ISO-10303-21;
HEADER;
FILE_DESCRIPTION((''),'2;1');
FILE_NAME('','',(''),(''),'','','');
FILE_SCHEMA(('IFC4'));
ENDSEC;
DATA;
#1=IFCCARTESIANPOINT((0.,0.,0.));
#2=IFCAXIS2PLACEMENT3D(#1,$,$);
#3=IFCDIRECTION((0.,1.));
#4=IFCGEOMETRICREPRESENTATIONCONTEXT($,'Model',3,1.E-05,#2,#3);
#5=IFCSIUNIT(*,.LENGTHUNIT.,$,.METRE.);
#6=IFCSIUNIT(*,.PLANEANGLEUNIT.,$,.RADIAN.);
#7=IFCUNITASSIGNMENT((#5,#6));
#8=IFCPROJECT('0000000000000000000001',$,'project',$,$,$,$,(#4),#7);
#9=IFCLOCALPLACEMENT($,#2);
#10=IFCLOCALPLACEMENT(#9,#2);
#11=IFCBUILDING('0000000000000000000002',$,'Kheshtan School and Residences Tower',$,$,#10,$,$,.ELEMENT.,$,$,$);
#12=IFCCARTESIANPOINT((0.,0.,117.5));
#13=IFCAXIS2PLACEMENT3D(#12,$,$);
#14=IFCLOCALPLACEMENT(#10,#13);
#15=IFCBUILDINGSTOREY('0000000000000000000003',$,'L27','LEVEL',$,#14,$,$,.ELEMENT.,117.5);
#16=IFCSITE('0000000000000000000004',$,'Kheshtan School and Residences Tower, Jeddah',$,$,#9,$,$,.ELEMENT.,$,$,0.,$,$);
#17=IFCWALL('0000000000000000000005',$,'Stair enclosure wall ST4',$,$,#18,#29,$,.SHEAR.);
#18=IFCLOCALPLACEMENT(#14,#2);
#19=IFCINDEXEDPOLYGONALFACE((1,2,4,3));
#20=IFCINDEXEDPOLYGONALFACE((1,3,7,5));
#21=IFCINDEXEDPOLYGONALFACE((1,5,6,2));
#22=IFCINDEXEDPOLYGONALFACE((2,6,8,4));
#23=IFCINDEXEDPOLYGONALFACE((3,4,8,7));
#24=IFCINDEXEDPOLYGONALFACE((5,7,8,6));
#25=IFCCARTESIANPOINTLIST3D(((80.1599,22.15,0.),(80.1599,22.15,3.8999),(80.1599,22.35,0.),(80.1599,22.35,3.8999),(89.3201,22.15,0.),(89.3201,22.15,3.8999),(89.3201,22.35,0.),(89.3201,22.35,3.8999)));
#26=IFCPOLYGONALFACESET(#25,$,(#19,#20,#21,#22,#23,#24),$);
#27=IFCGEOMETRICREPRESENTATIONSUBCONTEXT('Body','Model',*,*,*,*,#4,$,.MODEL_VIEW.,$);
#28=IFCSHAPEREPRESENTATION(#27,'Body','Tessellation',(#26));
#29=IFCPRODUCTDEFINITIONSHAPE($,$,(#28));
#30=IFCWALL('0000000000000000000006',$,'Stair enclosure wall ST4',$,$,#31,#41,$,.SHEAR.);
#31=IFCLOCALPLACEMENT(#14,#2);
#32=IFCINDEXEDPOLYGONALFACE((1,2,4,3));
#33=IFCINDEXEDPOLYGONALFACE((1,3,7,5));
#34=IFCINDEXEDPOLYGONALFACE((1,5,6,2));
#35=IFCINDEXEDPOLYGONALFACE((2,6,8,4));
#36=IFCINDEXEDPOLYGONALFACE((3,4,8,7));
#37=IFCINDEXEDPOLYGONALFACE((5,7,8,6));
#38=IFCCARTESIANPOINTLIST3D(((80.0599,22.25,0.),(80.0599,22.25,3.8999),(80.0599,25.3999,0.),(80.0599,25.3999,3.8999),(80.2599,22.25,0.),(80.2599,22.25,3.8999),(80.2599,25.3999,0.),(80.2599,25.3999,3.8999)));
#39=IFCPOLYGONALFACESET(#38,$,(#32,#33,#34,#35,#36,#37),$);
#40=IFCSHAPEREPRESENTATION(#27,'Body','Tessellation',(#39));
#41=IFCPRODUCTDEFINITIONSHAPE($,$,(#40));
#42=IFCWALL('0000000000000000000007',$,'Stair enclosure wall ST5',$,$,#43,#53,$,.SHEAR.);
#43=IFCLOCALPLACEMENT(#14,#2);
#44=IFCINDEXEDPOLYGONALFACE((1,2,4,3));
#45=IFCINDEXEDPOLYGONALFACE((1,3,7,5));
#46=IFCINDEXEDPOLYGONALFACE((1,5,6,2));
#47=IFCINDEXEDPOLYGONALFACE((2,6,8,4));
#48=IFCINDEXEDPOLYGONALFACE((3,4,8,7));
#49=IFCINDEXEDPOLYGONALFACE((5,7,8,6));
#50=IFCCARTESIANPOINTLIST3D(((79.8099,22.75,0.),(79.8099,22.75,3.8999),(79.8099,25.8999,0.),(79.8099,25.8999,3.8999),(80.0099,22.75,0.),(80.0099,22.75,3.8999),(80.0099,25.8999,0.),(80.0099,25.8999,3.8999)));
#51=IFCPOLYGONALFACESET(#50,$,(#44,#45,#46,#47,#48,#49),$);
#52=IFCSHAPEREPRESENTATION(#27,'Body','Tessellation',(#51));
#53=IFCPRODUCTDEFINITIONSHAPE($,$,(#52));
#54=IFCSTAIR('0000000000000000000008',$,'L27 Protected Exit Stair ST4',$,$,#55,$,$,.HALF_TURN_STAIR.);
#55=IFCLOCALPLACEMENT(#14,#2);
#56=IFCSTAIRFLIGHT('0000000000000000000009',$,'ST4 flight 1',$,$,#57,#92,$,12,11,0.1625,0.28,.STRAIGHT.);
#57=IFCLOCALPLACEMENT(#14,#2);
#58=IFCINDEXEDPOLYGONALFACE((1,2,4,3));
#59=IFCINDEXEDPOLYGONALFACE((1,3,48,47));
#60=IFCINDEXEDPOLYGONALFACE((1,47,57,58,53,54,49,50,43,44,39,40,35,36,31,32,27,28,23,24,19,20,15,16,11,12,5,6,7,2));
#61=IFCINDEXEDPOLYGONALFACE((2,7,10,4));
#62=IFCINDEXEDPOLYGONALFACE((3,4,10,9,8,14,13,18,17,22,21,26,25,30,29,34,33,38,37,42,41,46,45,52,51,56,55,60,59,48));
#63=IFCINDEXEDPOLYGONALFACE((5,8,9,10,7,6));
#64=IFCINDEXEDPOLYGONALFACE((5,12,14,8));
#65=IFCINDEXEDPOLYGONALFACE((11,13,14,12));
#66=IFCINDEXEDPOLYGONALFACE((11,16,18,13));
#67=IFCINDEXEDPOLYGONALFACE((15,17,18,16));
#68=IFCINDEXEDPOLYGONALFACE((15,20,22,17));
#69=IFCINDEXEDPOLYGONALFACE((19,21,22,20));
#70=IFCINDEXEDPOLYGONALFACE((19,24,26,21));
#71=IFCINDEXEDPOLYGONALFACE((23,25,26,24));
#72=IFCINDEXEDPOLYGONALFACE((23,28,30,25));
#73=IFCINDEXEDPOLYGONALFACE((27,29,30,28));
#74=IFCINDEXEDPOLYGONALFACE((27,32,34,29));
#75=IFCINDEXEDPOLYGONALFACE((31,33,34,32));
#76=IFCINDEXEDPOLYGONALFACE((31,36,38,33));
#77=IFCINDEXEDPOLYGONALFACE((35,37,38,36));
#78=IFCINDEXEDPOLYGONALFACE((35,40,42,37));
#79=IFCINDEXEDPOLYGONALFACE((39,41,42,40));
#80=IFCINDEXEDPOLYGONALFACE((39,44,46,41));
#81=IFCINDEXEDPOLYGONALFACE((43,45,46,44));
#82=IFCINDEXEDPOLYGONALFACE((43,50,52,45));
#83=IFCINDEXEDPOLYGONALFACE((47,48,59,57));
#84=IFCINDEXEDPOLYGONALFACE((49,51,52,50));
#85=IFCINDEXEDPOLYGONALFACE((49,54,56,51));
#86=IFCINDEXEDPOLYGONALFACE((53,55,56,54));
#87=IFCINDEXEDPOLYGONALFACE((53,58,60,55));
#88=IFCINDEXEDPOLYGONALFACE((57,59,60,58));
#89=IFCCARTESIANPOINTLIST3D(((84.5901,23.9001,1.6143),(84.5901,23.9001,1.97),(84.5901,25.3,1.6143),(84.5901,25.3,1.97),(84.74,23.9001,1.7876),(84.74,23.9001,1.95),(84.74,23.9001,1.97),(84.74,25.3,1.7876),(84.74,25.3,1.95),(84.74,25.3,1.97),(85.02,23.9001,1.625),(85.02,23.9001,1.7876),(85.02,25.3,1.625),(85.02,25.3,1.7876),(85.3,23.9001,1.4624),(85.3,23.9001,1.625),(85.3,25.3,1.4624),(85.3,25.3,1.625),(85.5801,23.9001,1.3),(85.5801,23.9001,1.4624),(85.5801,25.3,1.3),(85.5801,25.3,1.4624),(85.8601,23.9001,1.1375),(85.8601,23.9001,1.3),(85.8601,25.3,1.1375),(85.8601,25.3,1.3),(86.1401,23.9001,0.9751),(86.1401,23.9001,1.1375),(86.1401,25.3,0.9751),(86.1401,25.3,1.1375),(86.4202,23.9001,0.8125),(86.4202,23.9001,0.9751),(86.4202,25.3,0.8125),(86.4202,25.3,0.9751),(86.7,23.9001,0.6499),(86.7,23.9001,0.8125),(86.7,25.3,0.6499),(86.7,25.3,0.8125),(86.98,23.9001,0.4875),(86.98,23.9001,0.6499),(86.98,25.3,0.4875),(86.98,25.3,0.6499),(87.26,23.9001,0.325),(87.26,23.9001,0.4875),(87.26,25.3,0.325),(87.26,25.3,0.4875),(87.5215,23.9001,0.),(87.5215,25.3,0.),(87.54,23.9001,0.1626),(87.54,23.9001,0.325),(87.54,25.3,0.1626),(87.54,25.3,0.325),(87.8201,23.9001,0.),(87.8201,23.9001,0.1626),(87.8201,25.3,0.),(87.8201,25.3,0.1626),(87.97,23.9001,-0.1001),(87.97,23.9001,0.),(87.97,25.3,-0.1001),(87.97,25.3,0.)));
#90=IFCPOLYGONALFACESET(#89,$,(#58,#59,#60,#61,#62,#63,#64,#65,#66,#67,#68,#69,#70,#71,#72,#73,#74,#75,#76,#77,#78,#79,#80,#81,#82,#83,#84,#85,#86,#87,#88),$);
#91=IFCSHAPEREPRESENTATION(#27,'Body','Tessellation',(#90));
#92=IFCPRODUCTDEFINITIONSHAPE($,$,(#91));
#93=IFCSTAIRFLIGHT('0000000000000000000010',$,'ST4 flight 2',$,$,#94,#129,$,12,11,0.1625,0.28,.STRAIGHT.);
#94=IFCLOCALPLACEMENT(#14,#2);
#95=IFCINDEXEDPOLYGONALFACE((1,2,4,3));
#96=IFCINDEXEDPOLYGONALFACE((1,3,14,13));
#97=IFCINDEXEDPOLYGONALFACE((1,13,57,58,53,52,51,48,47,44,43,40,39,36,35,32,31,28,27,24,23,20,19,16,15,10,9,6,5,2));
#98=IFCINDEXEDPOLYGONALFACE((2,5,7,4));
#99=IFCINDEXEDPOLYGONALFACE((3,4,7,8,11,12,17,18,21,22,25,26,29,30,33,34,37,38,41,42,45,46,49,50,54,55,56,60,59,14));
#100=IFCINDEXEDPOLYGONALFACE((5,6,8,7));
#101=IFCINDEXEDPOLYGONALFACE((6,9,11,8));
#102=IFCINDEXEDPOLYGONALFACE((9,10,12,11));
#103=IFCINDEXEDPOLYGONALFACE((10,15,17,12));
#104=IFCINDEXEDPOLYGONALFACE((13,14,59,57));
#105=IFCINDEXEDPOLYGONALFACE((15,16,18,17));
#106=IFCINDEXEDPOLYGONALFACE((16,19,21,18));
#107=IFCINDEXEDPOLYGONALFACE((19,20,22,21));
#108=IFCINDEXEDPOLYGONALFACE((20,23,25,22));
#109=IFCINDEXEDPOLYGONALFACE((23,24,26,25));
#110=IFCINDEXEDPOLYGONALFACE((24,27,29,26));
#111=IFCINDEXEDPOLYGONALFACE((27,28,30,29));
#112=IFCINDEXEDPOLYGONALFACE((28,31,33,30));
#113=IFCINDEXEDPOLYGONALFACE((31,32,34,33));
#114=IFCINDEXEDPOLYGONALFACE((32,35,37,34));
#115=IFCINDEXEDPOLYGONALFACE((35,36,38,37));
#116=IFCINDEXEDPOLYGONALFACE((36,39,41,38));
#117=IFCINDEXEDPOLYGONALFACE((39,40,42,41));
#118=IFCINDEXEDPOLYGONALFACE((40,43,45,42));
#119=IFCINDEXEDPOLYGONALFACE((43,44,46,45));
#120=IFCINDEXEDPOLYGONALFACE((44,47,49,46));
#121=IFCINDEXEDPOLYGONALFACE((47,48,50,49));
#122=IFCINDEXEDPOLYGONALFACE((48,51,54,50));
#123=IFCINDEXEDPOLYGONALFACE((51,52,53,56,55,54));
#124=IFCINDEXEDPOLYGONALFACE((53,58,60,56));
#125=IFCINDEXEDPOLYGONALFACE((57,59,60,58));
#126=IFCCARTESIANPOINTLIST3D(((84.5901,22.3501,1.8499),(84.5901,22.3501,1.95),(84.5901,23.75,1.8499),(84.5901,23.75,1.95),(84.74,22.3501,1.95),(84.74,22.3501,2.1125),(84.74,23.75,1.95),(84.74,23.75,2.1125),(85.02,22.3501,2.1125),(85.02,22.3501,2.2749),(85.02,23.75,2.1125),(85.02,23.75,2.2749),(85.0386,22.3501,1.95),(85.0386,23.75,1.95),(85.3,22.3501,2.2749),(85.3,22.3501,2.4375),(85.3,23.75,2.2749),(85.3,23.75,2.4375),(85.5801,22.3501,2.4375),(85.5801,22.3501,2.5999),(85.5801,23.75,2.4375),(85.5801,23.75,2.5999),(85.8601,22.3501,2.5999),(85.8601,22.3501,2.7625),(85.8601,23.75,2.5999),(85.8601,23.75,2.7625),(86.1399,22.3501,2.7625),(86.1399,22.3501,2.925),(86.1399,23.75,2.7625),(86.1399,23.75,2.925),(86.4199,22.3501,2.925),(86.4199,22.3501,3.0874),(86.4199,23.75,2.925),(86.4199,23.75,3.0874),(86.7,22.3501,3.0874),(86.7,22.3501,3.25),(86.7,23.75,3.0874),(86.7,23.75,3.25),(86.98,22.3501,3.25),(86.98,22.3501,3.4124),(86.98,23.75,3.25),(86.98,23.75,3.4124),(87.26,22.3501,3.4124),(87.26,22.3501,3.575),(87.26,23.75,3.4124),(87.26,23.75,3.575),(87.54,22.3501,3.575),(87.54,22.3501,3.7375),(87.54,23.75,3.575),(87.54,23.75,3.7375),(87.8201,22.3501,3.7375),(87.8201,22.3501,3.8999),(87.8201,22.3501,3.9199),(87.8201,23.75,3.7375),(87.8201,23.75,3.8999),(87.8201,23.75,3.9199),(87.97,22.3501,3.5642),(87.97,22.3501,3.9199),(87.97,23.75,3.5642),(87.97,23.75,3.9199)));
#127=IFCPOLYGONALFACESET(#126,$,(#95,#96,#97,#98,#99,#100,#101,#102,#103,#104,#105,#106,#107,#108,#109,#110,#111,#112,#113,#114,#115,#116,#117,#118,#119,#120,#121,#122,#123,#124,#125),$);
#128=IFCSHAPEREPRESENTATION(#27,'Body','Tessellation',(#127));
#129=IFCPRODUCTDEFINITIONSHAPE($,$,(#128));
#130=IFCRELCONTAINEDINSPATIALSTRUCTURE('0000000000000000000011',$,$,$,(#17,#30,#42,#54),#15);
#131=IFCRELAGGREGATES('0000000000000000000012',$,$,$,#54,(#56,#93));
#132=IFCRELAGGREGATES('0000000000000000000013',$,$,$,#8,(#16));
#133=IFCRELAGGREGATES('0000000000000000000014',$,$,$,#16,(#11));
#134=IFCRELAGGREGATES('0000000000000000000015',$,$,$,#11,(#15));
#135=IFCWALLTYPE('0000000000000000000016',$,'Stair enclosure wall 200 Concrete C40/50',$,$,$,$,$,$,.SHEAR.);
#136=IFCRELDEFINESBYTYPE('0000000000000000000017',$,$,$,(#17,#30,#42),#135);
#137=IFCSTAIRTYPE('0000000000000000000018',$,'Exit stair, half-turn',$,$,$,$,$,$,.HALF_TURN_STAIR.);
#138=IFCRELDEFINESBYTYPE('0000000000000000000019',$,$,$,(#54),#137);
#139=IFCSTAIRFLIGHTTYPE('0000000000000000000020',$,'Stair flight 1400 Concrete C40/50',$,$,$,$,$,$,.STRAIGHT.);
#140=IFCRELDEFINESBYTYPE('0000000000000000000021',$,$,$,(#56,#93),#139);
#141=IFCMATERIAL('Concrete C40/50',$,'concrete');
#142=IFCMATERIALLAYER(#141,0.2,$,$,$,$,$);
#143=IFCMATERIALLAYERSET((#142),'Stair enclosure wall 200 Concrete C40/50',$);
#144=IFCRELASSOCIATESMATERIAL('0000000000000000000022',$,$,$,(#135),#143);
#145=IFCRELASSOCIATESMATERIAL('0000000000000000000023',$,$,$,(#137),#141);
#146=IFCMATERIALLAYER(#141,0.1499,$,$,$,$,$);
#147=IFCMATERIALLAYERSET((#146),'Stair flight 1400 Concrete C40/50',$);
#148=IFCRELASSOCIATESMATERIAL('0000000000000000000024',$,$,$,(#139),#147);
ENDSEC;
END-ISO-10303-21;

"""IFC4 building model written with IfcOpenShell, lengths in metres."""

from ifc_helpers import new_model, si_unit, direction, frame, frame_2d, origin, place, context, subcontext, project, spatial, polyline, rectangle, outline, extrude, material, layer, layer_set, type_object, element, aggregate, save


model = new_model("IFC4")

# Units and contexts
model_context = context("Model", 3, precision=1e-05, world=origin(), true_north=direction((0.0, 1.0)))
body_context = subcontext(model_context, "Body", "Model", "MODEL_VIEW")
ifc_project = project(units=[si_unit("LENGTHUNIT", "METRE"), si_unit("PLANEANGLEUNIT", "RADIAN")], contexts=[model_context])

# Site, building, storey
site_placement = place(None, origin())
site = spatial("IfcSite", under=ifc_project, at=site_placement, Name="Kheshtan School and Residences Tower, Jeddah", CompositionType="ELEMENT", RefElevation=0.0)
building_placement = place(site_placement, origin())
building = spatial("IfcBuilding", under=site, at=building_placement, Name="Kheshtan School and Residences Tower", CompositionType="ELEMENT")
storey_placement = place(building_placement, frame((0.0, 0.0, 117.5)))
storey = spatial("IfcBuildingStorey", under=building, at=storey_placement, Name="L27", Description="LEVEL", CompositionType="ELEMENT", Elevation=117.5)

# Walls
ifc_material_1 = material(Name="Concrete C40/50", Category="concrete")
ifc_layer_1 = layer(ifc_material_1, 0.2)
ifc_layer_set_1 = layer_set([ifc_layer_1], Name="Stair enclosure wall 200 Concrete C40/50")
wall_type = type_object("IfcWallType", Name="Stair enclosure wall 200 Concrete C40/50", PredefinedType="SHEAR", material=ifc_layer_set_1)
wall_placement = place(storey_placement, frame((80.1599, 22.25, 0.0), z_axis=(0.0, 0.0, 1.0), x_axis=(1.0, 0.0, 0.0)))
element("IfcWall", 1, at=wall_placement, inside=storey, type_object=wall_type, Name="Stair enclosure wall ST4", PredefinedType="SHEAR", context=body_context, shape_type="SweptSolid", body=[
    extrude(rectangle(XDim=9.1602, YDim=0.2, at=frame_2d((4.5801, 0.0))), origin(), (0.0, 0.0, 1.0), 3.8999),
])
for number, where, z_axis, x_axis, name in (
    (2, (80.1599, 22.25, 0.0), (0.0, 0.0, 1.0), (0.0, 1.0, 0.0), "Stair enclosure wall ST4"),
    (3, (79.9099, 22.75, 0.0), (0.0, 0.0, 1.0), (0.0, 1.0, 0.0), "Stair enclosure wall ST5"),
):
    element("IfcWall", number, at=place(storey_placement, frame(where, z_axis=z_axis, x_axis=x_axis)), inside=storey, type_object=wall_type, Name=name, PredefinedType="SHEAR", context=body_context, shape_type="SweptSolid", body=[
        extrude(rectangle(XDim=3.1499, YDim=0.2, at=frame_2d((1.575, 0.0))), origin(), (0.0, 0.0, 1.0), 3.8999),
    ])

# Stair, stair flights
stair_type = type_object("IfcStairType", Name="Exit stair, half-turn", PredefinedType="HALF_TURN_STAIR", material=ifc_material_1)
stair_placement = place(storey_placement, origin())
stair = element("IfcStair", 4, at=stair_placement, inside=storey, type_object=stair_type, Name="L27 Protected Exit Stair ST4", PredefinedType="HALF_TURN_STAIR")
ifc_layer_2 = layer(ifc_material_1, 0.1499)
ifc_layer_set_2 = layer_set([ifc_layer_2], Name="Stair flight 1400 Concrete C40/50")
stair_flight_type = type_object("IfcStairFlightType", Name="Stair flight 1400 Concrete C40/50", PredefinedType="STRAIGHT", material=ifc_layer_set_2)
stair_flight_1_placement = place(storey_placement, frame((87.8201, 24.6001, 0.0), z_axis=(0.0, 0.0, 1.0), x_axis=(-1.0, 0.0, 0.0)))
stair_flight_1 = element("IfcStairFlight", 5, at=stair_flight_1_placement, type_object=stair_flight_type, Name="ST4 flight 1", NumberOfRisers=12, NumberOfTreads=11, PredefinedType="STRAIGHT", RiserHeight=0.1625, TreadLength=0.28, context=body_context, shape_type="SweptSolid", body=[
    extrude(outline(polyline([(-0.1499, -0.1001), (-0.1499, 0.0), (0.0, 0.0), (0.0, 0.1626), (0.28, 0.1626), (0.28, 0.325), (0.5601, 0.325), (0.5601, 0.4875), (0.8401, 0.4875), (0.8401, 0.6499), (1.1201, 0.6499), (1.1201, 0.8125), (1.3999, 0.8125), (1.3999, 0.9751), (1.6799, 0.9751), (1.6799, 1.1375), (1.96, 1.1375), (1.96, 1.3), (2.24, 1.3), (2.24, 1.4624), (2.52, 1.4624), (2.52, 1.625), (2.8, 1.625), (2.8, 1.7876), (3.0801, 1.7876), (3.0801, 1.95), (3.0801, 1.97), (3.23, 1.97), (3.23, 1.6143), (0.2986, 0.0), (-0.1499, -0.1001)])), frame((0.0, 0.7, 0.0), z_axis=(0.0, -1.0, 0.0), x_axis=(1.0, 0.0, 0.0)), (0.0, 0.0, 1.0), 1.3999),
])
stair_flight_2_placement = place(storey_placement, frame((84.74, 23.05, 1.95), z_axis=(0.0, 0.0, 1.0), x_axis=(1.0, 0.0, 0.0)))
stair_flight_2 = element("IfcStairFlight", 6, at=stair_flight_2_placement, type_object=stair_flight_type, Name="ST4 flight 2", NumberOfRisers=12, NumberOfTreads=11, PredefinedType="STRAIGHT", RiserHeight=0.1625, TreadLength=0.28, context=body_context, shape_type="SweptSolid", body=[
    extrude(outline(polyline([(-0.1499, -0.1001), (-0.1499, 0.0), (0.0, 0.0), (0.0, 0.1626), (0.28, 0.1626), (0.28, 0.325), (0.5601, 0.325), (0.5601, 0.4875), (0.8401, 0.4875), (0.8401, 0.6499), (1.1201, 0.6499), (1.1201, 0.8125), (1.3999, 0.8125), (1.3999, 0.9751), (1.6799, 0.9751), (1.6799, 1.1375), (1.96, 1.1375), (1.96, 1.3), (2.24, 1.3), (2.24, 1.4624), (2.52, 1.4624), (2.52, 1.625), (2.8, 1.625), (2.8, 1.7876), (3.0801, 1.7876), (3.0801, 1.95), (3.0801, 1.97), (3.23, 1.97), (3.23, 1.6143), (0.2986, 0.0), (-0.1499, -0.1001)])), frame((0.0, 0.7, 0.0), z_axis=(0.0, -1.0, 0.0), x_axis=(1.0, 0.0, 0.0)), (0.0, 0.0, 1.0), 1.3999),
])
aggregate(stair, [stair_flight_1, stair_flight_2])

save(model, "model.ifc")
